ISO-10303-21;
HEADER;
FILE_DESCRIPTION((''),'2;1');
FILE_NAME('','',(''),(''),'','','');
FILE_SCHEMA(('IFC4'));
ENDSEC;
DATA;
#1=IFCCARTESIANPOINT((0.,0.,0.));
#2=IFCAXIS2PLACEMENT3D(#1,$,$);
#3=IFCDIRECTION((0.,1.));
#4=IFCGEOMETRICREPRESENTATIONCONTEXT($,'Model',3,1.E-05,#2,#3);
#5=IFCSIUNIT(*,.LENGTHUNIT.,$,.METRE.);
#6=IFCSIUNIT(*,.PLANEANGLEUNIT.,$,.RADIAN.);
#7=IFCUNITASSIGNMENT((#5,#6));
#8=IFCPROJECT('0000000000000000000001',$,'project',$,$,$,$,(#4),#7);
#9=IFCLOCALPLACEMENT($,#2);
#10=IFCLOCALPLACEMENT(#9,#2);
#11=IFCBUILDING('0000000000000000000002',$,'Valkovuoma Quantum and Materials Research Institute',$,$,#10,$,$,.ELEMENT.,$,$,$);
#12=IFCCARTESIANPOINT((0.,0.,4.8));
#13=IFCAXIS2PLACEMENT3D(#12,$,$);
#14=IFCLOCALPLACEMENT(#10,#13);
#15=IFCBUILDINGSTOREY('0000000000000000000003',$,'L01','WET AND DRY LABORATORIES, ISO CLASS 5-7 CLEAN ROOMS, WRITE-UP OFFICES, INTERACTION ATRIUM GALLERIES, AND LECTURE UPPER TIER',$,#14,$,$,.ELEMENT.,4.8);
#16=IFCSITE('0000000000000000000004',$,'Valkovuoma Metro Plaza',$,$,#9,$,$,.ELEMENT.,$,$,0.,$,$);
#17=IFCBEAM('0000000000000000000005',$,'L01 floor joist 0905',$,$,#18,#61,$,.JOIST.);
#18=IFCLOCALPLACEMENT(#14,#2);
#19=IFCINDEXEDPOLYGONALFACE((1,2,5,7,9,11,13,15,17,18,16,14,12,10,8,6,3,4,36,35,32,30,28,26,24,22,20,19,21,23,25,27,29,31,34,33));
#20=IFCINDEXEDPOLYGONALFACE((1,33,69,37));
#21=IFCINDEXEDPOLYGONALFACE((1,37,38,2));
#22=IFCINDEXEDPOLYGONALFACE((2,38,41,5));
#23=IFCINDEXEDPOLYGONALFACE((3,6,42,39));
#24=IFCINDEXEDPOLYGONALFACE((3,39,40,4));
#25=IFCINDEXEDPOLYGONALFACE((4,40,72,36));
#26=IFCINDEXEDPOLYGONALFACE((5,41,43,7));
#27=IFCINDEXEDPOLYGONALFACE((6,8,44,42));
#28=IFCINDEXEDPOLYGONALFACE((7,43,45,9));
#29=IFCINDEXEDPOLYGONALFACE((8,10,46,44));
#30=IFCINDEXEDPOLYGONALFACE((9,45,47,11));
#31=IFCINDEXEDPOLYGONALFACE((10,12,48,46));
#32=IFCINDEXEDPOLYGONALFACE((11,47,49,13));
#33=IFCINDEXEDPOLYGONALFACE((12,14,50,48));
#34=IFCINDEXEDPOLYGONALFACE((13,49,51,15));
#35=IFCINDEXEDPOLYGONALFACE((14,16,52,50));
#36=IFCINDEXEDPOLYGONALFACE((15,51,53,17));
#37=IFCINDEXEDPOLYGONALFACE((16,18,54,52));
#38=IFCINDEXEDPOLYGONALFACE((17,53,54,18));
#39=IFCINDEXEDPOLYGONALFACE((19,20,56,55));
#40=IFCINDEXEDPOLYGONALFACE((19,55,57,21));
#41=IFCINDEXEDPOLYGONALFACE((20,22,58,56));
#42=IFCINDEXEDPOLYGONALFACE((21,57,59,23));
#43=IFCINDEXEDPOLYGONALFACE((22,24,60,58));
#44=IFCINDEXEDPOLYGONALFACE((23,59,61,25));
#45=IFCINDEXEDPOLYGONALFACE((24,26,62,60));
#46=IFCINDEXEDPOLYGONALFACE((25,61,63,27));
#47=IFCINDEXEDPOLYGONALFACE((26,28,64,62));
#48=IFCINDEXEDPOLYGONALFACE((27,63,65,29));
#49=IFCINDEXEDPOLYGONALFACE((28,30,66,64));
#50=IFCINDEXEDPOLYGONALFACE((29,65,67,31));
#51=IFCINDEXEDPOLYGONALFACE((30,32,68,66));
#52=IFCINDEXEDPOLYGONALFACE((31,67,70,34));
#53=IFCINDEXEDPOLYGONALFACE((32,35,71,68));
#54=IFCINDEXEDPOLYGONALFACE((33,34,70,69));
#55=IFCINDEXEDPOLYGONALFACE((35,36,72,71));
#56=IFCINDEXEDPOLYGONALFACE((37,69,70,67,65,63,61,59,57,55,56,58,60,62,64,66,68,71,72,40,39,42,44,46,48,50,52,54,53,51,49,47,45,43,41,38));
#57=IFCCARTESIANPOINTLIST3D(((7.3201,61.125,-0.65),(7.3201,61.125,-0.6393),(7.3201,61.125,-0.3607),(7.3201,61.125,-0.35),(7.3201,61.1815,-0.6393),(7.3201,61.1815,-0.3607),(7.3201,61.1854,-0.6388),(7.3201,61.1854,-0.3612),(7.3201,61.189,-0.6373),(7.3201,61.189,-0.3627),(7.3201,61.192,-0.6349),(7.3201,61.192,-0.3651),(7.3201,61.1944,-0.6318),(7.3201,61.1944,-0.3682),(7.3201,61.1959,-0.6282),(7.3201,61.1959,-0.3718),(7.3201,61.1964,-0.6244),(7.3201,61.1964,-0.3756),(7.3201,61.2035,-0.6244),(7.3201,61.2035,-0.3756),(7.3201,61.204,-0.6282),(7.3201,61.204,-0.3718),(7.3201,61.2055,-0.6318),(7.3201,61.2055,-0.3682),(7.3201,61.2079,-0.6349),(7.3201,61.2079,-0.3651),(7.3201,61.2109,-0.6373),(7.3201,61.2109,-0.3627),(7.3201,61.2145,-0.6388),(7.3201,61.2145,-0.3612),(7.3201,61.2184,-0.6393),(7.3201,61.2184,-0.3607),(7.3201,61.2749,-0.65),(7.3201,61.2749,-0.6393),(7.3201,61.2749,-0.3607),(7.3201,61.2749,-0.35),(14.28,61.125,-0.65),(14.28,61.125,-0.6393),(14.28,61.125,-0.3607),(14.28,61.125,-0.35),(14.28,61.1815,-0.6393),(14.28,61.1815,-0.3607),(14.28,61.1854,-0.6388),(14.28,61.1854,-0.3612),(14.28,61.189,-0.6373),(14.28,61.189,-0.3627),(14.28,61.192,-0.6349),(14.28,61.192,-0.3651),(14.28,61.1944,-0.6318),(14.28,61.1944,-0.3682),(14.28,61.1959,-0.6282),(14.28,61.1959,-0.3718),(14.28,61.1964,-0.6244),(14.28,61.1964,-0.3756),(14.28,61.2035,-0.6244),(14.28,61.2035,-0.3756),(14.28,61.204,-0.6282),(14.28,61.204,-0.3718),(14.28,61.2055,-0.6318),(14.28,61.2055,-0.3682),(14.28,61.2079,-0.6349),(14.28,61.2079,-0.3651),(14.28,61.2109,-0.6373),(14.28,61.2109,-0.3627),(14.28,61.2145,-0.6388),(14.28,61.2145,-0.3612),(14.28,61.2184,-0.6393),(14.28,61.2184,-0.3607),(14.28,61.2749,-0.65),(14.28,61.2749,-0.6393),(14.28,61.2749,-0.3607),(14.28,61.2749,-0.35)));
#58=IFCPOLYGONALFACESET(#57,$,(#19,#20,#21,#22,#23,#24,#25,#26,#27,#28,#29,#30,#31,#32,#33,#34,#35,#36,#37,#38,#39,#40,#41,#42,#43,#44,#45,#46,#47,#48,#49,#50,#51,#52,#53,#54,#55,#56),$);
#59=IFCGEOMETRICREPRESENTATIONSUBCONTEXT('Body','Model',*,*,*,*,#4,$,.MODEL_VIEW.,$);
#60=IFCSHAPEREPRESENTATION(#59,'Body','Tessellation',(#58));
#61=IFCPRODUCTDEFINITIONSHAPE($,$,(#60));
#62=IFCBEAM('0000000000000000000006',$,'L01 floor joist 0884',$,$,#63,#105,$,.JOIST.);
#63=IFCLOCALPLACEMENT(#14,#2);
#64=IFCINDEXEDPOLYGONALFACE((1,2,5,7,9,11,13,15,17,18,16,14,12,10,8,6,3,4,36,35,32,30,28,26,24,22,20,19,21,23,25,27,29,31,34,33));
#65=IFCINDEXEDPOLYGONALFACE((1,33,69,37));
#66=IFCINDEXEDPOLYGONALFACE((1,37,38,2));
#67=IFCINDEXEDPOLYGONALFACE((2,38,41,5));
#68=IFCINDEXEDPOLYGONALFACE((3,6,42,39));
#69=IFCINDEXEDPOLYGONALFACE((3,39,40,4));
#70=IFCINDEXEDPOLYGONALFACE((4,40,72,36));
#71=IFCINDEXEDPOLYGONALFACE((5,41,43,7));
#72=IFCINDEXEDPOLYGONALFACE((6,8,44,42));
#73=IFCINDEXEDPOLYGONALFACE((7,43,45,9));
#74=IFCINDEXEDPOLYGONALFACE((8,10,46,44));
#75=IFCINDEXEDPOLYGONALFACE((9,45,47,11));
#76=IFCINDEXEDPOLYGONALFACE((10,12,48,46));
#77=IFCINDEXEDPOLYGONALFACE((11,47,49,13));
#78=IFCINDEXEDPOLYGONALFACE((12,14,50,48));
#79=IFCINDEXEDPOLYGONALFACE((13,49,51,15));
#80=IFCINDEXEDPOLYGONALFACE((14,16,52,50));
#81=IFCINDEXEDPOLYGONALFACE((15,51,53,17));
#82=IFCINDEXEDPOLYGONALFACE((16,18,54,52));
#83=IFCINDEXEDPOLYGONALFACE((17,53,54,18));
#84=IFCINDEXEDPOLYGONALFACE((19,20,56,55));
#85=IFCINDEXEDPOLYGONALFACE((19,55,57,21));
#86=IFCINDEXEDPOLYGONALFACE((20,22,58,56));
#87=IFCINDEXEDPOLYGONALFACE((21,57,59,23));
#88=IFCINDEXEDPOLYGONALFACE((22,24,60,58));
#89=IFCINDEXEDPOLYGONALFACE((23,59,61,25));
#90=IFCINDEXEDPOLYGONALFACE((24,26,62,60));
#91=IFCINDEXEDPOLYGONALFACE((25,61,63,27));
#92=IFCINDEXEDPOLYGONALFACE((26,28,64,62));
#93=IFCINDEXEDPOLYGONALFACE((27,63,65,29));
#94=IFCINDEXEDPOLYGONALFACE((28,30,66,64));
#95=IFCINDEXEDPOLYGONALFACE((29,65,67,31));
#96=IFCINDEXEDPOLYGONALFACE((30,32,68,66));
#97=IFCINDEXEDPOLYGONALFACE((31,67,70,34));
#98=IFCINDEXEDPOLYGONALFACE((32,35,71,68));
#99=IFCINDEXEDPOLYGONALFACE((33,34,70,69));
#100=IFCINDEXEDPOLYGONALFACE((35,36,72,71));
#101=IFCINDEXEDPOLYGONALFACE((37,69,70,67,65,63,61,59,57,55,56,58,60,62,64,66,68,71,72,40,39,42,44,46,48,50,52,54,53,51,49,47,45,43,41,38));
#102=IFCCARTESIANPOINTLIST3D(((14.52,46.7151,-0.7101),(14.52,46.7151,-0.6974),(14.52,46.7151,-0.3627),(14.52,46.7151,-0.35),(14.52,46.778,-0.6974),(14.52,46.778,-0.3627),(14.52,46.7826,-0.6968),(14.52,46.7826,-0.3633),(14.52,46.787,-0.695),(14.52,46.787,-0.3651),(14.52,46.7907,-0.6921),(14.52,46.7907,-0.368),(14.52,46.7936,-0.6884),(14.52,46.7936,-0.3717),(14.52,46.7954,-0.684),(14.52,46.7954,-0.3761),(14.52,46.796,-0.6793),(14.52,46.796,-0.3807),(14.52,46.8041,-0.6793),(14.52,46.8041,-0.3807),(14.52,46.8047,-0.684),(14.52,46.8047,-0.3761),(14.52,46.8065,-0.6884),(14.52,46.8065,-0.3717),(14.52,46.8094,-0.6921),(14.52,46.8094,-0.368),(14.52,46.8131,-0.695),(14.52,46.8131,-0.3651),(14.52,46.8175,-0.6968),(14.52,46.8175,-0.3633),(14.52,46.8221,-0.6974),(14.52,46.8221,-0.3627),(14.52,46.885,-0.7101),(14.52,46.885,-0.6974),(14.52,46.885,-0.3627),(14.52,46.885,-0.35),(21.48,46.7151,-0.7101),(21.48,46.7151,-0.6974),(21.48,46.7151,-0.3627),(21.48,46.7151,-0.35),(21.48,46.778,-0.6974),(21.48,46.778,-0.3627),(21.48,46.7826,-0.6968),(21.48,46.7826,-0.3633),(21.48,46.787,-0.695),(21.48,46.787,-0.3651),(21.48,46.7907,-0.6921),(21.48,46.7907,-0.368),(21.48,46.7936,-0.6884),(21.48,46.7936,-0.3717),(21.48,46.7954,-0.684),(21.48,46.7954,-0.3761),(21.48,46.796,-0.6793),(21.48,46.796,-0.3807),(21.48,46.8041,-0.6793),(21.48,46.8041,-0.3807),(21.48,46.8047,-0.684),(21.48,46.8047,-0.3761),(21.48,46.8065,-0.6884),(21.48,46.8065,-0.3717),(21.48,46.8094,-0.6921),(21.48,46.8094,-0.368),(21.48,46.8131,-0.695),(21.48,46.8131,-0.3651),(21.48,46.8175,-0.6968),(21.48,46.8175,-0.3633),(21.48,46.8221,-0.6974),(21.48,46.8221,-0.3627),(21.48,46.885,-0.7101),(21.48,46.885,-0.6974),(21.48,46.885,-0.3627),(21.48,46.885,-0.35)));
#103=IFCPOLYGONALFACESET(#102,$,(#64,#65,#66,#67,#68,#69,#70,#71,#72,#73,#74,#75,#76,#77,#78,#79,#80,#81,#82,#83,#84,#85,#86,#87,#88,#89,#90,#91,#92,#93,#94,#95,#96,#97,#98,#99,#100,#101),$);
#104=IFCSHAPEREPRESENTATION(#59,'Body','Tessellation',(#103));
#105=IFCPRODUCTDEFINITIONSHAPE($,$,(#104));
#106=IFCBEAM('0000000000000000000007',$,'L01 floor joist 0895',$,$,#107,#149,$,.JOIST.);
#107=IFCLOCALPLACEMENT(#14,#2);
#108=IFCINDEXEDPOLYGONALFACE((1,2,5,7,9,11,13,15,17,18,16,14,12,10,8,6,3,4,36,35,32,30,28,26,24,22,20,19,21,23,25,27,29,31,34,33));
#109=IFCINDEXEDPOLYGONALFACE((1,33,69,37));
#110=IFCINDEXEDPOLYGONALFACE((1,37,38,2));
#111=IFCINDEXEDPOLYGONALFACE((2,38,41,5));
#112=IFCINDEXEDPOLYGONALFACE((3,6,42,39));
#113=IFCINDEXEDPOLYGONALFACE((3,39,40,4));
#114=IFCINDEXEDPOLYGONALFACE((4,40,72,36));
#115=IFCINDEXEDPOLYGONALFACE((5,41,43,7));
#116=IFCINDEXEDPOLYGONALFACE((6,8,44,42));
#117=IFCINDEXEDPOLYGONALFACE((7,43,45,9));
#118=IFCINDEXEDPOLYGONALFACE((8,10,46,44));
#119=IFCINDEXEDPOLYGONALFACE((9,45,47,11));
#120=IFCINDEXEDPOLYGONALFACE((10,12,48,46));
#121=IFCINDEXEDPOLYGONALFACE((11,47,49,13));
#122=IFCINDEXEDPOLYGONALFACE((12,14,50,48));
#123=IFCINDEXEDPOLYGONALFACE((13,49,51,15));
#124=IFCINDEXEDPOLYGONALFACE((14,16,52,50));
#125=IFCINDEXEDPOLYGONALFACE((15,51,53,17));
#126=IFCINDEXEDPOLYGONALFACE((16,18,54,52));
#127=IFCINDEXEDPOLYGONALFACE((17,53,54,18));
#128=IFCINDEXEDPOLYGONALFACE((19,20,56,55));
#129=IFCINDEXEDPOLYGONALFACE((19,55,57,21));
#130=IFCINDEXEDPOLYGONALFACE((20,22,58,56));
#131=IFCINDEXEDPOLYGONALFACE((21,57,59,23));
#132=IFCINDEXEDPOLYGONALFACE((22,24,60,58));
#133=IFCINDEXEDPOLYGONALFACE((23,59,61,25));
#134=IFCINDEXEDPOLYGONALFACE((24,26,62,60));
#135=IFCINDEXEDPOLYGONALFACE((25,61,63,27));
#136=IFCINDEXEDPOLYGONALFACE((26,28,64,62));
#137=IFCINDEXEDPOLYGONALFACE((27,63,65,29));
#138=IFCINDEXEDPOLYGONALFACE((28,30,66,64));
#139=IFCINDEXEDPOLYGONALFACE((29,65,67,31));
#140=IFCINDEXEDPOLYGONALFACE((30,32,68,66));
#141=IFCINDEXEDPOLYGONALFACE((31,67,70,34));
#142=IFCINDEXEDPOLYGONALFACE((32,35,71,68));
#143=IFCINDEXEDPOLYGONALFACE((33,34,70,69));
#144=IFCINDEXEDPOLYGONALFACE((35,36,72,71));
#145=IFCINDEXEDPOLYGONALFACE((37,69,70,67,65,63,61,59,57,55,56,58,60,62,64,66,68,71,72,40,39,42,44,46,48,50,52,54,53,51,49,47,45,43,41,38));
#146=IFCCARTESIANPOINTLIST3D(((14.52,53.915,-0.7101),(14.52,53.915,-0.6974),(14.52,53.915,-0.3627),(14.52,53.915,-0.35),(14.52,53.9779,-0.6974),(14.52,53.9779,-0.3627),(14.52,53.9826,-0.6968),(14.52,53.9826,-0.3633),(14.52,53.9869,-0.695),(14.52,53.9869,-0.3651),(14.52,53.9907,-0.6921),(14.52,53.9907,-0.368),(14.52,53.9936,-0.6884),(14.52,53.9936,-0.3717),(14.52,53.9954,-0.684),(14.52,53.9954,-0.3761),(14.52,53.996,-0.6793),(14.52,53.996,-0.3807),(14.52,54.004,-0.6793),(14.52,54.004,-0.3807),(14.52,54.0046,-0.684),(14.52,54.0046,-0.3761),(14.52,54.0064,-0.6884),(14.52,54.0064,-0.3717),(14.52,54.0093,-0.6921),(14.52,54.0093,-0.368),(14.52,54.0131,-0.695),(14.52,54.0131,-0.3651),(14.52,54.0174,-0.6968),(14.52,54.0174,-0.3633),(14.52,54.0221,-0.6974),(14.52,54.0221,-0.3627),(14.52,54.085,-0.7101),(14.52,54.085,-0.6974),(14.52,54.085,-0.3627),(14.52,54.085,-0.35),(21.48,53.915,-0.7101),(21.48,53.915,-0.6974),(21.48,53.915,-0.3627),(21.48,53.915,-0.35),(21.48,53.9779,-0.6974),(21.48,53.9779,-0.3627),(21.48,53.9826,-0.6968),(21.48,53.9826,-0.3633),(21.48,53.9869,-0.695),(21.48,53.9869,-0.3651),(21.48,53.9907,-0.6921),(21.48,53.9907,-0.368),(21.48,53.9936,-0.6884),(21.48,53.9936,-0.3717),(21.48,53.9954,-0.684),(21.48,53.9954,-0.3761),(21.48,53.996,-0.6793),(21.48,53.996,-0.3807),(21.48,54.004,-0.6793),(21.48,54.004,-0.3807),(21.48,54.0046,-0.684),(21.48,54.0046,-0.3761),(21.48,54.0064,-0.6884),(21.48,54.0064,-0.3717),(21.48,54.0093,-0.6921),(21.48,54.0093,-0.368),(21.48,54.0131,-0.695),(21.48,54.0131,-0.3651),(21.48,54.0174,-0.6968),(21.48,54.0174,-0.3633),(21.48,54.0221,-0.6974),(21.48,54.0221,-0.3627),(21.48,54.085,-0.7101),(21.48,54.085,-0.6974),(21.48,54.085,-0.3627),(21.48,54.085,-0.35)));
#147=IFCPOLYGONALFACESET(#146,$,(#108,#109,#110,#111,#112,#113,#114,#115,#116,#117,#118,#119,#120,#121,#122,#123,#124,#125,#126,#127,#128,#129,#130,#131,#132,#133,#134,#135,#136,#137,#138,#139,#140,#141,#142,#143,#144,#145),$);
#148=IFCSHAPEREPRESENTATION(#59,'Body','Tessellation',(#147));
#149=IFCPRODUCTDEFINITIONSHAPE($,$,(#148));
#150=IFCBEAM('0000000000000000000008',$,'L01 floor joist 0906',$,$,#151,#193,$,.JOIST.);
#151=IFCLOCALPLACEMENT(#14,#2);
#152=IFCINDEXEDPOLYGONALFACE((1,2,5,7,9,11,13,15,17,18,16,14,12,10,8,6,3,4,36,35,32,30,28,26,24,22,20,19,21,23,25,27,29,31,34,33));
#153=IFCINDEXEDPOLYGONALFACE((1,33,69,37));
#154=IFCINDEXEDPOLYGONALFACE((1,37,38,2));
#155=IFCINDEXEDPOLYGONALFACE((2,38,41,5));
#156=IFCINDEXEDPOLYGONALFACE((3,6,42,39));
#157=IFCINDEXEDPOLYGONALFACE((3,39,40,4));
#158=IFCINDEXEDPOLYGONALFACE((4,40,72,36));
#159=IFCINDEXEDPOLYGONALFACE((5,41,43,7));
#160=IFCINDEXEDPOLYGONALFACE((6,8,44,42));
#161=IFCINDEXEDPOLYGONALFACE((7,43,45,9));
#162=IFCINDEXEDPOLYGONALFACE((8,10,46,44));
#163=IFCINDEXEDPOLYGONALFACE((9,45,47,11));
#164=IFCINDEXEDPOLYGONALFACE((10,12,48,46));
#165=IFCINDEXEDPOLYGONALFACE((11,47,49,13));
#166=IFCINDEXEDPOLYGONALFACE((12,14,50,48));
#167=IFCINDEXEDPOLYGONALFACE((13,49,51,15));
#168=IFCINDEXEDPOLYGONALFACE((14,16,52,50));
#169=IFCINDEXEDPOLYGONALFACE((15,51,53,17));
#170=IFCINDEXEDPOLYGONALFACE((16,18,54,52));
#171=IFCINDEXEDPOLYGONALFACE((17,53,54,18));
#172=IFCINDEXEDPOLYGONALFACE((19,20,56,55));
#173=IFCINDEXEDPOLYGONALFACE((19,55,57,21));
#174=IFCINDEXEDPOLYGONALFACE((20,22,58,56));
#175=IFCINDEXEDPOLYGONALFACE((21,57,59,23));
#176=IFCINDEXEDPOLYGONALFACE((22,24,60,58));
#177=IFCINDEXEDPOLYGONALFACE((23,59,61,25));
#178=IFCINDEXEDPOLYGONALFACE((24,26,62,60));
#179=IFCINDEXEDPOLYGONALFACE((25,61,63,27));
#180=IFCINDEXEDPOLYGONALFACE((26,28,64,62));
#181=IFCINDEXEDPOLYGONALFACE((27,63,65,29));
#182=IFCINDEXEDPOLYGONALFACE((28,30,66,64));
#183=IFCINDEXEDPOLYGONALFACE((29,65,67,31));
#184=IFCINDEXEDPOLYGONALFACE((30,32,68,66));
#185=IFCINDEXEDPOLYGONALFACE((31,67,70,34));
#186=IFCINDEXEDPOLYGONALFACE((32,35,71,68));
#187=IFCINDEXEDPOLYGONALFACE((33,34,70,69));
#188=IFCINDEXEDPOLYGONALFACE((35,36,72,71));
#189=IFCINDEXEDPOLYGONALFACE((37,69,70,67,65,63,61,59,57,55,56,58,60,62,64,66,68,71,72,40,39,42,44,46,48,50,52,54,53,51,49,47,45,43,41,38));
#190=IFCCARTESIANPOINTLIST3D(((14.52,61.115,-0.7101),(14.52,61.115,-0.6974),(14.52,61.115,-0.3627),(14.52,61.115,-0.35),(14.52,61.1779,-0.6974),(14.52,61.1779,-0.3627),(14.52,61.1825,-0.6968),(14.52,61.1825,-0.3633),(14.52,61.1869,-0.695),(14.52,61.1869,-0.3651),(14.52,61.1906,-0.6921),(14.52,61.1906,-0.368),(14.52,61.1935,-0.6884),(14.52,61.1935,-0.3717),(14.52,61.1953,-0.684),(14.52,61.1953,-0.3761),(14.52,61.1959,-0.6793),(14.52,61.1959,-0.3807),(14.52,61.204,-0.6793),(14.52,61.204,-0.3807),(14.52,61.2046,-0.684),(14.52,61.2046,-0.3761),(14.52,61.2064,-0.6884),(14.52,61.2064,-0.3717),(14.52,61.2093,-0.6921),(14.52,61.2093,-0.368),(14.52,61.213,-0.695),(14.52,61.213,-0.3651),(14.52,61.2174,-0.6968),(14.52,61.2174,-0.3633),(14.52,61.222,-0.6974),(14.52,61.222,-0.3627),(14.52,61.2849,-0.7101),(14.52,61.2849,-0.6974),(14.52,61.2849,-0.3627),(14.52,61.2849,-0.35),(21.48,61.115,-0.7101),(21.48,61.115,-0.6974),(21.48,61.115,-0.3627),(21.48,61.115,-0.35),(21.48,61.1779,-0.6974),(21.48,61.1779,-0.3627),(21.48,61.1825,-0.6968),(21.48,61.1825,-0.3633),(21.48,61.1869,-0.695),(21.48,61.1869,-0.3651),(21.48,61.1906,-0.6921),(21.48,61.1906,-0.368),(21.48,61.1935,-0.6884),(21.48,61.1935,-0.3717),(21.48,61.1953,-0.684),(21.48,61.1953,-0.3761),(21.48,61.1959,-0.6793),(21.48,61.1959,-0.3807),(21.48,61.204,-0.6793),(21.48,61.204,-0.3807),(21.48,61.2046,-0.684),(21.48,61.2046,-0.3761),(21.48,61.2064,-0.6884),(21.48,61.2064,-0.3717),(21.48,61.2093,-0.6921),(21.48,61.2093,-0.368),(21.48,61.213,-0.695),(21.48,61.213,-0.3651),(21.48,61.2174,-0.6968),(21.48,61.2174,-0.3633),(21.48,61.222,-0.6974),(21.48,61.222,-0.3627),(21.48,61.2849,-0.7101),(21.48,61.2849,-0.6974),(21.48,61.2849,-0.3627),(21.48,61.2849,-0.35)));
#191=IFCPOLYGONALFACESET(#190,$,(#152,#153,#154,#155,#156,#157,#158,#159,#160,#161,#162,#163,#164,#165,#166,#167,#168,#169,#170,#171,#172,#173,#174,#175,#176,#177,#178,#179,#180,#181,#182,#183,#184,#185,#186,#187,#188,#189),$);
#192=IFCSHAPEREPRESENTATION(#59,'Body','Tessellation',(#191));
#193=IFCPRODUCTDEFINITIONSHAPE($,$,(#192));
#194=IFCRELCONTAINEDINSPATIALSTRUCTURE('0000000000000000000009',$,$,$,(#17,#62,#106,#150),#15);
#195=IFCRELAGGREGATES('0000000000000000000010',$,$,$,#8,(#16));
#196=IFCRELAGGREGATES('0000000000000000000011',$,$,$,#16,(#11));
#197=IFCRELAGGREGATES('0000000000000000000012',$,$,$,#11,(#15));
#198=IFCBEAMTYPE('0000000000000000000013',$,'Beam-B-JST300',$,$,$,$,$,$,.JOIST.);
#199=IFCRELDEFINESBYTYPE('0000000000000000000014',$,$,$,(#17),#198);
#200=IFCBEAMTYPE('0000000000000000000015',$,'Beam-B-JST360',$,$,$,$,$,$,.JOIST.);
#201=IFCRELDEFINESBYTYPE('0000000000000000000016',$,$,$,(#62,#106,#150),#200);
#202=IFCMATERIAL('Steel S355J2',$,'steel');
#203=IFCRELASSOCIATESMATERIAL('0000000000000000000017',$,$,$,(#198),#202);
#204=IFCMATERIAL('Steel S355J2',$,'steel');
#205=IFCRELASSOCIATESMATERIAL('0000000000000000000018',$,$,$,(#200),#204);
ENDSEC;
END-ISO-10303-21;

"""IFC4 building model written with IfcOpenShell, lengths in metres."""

from ifc_helpers import new_model, si_unit, direction, frame, origin, origin_2d, place, context, subcontext, project, spatial, i_section, extrude, material, material_profile, profile_set, type_object, element, save


model = new_model("IFC4")

# Units and contexts
model_context = context("Model", 3, precision=1e-05, world=origin(), true_north=direction((0.0, 1.0)))
body_context = subcontext(model_context, "Body", "Model", "MODEL_VIEW")
ifc_project = project(units=[si_unit("LENGTHUNIT", "METRE"), si_unit("PLANEANGLEUNIT", "RADIAN")], contexts=[model_context])

# Site, building, storey
site_placement = place(None, origin())
site = spatial("IfcSite", under=ifc_project, at=site_placement, Name="Valkovuoma Metro Plaza", CompositionType="ELEMENT", RefElevation=0.0)
building_placement = place(site_placement, origin())
building = spatial("IfcBuilding", under=site, at=building_placement, Name="Valkovuoma Quantum and Materials Research Institute", CompositionType="ELEMENT")
storey_placement = place(building_placement, frame((0.0, 0.0, 4.8)))
storey = spatial("IfcBuildingStorey", under=building, at=storey_placement, Name="L01", Description="WET AND DRY LABORATORIES, ISO CLASS 5-7 CLEAN ROOMS, WRITE-UP OFFICES, INTERACTION ATRIUM GALLERIES, AND LECTURE UPPER TIER", CompositionType="ELEMENT", Elevation=4.8)

# Beams
ifc_material_1 = material(Name="Steel S355J2", Category="steel")
ifc_material_profile_1 = material_profile(ifc_material_1, i_section(OverallWidth=0.1499, OverallDepth=0.3, WebThickness=0.0071, FlangeThickness=0.0107, FilletRadius=0.0149, at=origin_2d()), Name="Steel S355J2")
ifc_profile_set_1 = profile_set([ifc_material_profile_1], Name="Steel S355J2")
beam_type_1 = type_object("IfcBeamType", Name="Beam-B-JST300", PredefinedType="JOIST", material=ifc_profile_set_1)
for number, where, z_axis, x_axis, name in (
    (1, (7.3201, 61.2, -0.5), (1.0, 0.0, 0.0), (0.0, 1.0, 0.0), "L01 floor joist 0905"),
):
    element("IfcBeam", number, at=place(storey_placement, frame(where, z_axis=z_axis, x_axis=x_axis)), inside=storey, type_object=beam_type_1, Name=name, PredefinedType="JOIST", context=body_context, shape_type="SweptSolid", body=[
        extrude(i_section(OverallWidth=0.1499, OverallDepth=0.3, WebThickness=0.0071, FlangeThickness=0.0107, FilletRadius=0.0149, at=origin_2d()), origin(), (0.0, 0.0, 1.0), 6.96),
    ])
ifc_material_2 = material(Name="Steel S355J2", Category="steel")
ifc_material_profile_2 = material_profile(ifc_material_2, i_section(OverallWidth=0.1699, OverallDepth=0.3601, WebThickness=0.0081, FlangeThickness=0.0127, FilletRadius=0.0181, at=origin_2d()), Name="Steel S355J2")
ifc_profile_set_2 = profile_set([ifc_material_profile_2], Name="Steel S355J2")
beam_type_2 = type_object("IfcBeamType", Name="Beam-B-JST360", PredefinedType="JOIST", material=ifc_profile_set_2)
for number, where, z_axis, x_axis, name in (
    (2, (14.52, 46.8, -0.53), (1.0, 0.0, 0.0), (0.0, 1.0, 0.0), "L01 floor joist 0884"),
    (3, (14.52, 54.0, -0.53), (1.0, 0.0, 0.0), (0.0, 1.0, 0.0), "L01 floor joist 0895"),
    (4, (14.52, 61.2, -0.53), (1.0, 0.0, 0.0), (0.0, 1.0, 0.0), "L01 floor joist 0906"),
):
    element("IfcBeam", number, at=place(storey_placement, frame(where, z_axis=z_axis, x_axis=x_axis)), inside=storey, type_object=beam_type_2, Name=name, PredefinedType="JOIST", context=body_context, shape_type="SweptSolid", body=[
        extrude(i_section(OverallWidth=0.1699, OverallDepth=0.3601, WebThickness=0.0081, FlangeThickness=0.0127, FilletRadius=0.0181, at=origin_2d()), origin(), (0.0, 0.0, 1.0), 6.96),
    ])

save(model, "model.ifc")
